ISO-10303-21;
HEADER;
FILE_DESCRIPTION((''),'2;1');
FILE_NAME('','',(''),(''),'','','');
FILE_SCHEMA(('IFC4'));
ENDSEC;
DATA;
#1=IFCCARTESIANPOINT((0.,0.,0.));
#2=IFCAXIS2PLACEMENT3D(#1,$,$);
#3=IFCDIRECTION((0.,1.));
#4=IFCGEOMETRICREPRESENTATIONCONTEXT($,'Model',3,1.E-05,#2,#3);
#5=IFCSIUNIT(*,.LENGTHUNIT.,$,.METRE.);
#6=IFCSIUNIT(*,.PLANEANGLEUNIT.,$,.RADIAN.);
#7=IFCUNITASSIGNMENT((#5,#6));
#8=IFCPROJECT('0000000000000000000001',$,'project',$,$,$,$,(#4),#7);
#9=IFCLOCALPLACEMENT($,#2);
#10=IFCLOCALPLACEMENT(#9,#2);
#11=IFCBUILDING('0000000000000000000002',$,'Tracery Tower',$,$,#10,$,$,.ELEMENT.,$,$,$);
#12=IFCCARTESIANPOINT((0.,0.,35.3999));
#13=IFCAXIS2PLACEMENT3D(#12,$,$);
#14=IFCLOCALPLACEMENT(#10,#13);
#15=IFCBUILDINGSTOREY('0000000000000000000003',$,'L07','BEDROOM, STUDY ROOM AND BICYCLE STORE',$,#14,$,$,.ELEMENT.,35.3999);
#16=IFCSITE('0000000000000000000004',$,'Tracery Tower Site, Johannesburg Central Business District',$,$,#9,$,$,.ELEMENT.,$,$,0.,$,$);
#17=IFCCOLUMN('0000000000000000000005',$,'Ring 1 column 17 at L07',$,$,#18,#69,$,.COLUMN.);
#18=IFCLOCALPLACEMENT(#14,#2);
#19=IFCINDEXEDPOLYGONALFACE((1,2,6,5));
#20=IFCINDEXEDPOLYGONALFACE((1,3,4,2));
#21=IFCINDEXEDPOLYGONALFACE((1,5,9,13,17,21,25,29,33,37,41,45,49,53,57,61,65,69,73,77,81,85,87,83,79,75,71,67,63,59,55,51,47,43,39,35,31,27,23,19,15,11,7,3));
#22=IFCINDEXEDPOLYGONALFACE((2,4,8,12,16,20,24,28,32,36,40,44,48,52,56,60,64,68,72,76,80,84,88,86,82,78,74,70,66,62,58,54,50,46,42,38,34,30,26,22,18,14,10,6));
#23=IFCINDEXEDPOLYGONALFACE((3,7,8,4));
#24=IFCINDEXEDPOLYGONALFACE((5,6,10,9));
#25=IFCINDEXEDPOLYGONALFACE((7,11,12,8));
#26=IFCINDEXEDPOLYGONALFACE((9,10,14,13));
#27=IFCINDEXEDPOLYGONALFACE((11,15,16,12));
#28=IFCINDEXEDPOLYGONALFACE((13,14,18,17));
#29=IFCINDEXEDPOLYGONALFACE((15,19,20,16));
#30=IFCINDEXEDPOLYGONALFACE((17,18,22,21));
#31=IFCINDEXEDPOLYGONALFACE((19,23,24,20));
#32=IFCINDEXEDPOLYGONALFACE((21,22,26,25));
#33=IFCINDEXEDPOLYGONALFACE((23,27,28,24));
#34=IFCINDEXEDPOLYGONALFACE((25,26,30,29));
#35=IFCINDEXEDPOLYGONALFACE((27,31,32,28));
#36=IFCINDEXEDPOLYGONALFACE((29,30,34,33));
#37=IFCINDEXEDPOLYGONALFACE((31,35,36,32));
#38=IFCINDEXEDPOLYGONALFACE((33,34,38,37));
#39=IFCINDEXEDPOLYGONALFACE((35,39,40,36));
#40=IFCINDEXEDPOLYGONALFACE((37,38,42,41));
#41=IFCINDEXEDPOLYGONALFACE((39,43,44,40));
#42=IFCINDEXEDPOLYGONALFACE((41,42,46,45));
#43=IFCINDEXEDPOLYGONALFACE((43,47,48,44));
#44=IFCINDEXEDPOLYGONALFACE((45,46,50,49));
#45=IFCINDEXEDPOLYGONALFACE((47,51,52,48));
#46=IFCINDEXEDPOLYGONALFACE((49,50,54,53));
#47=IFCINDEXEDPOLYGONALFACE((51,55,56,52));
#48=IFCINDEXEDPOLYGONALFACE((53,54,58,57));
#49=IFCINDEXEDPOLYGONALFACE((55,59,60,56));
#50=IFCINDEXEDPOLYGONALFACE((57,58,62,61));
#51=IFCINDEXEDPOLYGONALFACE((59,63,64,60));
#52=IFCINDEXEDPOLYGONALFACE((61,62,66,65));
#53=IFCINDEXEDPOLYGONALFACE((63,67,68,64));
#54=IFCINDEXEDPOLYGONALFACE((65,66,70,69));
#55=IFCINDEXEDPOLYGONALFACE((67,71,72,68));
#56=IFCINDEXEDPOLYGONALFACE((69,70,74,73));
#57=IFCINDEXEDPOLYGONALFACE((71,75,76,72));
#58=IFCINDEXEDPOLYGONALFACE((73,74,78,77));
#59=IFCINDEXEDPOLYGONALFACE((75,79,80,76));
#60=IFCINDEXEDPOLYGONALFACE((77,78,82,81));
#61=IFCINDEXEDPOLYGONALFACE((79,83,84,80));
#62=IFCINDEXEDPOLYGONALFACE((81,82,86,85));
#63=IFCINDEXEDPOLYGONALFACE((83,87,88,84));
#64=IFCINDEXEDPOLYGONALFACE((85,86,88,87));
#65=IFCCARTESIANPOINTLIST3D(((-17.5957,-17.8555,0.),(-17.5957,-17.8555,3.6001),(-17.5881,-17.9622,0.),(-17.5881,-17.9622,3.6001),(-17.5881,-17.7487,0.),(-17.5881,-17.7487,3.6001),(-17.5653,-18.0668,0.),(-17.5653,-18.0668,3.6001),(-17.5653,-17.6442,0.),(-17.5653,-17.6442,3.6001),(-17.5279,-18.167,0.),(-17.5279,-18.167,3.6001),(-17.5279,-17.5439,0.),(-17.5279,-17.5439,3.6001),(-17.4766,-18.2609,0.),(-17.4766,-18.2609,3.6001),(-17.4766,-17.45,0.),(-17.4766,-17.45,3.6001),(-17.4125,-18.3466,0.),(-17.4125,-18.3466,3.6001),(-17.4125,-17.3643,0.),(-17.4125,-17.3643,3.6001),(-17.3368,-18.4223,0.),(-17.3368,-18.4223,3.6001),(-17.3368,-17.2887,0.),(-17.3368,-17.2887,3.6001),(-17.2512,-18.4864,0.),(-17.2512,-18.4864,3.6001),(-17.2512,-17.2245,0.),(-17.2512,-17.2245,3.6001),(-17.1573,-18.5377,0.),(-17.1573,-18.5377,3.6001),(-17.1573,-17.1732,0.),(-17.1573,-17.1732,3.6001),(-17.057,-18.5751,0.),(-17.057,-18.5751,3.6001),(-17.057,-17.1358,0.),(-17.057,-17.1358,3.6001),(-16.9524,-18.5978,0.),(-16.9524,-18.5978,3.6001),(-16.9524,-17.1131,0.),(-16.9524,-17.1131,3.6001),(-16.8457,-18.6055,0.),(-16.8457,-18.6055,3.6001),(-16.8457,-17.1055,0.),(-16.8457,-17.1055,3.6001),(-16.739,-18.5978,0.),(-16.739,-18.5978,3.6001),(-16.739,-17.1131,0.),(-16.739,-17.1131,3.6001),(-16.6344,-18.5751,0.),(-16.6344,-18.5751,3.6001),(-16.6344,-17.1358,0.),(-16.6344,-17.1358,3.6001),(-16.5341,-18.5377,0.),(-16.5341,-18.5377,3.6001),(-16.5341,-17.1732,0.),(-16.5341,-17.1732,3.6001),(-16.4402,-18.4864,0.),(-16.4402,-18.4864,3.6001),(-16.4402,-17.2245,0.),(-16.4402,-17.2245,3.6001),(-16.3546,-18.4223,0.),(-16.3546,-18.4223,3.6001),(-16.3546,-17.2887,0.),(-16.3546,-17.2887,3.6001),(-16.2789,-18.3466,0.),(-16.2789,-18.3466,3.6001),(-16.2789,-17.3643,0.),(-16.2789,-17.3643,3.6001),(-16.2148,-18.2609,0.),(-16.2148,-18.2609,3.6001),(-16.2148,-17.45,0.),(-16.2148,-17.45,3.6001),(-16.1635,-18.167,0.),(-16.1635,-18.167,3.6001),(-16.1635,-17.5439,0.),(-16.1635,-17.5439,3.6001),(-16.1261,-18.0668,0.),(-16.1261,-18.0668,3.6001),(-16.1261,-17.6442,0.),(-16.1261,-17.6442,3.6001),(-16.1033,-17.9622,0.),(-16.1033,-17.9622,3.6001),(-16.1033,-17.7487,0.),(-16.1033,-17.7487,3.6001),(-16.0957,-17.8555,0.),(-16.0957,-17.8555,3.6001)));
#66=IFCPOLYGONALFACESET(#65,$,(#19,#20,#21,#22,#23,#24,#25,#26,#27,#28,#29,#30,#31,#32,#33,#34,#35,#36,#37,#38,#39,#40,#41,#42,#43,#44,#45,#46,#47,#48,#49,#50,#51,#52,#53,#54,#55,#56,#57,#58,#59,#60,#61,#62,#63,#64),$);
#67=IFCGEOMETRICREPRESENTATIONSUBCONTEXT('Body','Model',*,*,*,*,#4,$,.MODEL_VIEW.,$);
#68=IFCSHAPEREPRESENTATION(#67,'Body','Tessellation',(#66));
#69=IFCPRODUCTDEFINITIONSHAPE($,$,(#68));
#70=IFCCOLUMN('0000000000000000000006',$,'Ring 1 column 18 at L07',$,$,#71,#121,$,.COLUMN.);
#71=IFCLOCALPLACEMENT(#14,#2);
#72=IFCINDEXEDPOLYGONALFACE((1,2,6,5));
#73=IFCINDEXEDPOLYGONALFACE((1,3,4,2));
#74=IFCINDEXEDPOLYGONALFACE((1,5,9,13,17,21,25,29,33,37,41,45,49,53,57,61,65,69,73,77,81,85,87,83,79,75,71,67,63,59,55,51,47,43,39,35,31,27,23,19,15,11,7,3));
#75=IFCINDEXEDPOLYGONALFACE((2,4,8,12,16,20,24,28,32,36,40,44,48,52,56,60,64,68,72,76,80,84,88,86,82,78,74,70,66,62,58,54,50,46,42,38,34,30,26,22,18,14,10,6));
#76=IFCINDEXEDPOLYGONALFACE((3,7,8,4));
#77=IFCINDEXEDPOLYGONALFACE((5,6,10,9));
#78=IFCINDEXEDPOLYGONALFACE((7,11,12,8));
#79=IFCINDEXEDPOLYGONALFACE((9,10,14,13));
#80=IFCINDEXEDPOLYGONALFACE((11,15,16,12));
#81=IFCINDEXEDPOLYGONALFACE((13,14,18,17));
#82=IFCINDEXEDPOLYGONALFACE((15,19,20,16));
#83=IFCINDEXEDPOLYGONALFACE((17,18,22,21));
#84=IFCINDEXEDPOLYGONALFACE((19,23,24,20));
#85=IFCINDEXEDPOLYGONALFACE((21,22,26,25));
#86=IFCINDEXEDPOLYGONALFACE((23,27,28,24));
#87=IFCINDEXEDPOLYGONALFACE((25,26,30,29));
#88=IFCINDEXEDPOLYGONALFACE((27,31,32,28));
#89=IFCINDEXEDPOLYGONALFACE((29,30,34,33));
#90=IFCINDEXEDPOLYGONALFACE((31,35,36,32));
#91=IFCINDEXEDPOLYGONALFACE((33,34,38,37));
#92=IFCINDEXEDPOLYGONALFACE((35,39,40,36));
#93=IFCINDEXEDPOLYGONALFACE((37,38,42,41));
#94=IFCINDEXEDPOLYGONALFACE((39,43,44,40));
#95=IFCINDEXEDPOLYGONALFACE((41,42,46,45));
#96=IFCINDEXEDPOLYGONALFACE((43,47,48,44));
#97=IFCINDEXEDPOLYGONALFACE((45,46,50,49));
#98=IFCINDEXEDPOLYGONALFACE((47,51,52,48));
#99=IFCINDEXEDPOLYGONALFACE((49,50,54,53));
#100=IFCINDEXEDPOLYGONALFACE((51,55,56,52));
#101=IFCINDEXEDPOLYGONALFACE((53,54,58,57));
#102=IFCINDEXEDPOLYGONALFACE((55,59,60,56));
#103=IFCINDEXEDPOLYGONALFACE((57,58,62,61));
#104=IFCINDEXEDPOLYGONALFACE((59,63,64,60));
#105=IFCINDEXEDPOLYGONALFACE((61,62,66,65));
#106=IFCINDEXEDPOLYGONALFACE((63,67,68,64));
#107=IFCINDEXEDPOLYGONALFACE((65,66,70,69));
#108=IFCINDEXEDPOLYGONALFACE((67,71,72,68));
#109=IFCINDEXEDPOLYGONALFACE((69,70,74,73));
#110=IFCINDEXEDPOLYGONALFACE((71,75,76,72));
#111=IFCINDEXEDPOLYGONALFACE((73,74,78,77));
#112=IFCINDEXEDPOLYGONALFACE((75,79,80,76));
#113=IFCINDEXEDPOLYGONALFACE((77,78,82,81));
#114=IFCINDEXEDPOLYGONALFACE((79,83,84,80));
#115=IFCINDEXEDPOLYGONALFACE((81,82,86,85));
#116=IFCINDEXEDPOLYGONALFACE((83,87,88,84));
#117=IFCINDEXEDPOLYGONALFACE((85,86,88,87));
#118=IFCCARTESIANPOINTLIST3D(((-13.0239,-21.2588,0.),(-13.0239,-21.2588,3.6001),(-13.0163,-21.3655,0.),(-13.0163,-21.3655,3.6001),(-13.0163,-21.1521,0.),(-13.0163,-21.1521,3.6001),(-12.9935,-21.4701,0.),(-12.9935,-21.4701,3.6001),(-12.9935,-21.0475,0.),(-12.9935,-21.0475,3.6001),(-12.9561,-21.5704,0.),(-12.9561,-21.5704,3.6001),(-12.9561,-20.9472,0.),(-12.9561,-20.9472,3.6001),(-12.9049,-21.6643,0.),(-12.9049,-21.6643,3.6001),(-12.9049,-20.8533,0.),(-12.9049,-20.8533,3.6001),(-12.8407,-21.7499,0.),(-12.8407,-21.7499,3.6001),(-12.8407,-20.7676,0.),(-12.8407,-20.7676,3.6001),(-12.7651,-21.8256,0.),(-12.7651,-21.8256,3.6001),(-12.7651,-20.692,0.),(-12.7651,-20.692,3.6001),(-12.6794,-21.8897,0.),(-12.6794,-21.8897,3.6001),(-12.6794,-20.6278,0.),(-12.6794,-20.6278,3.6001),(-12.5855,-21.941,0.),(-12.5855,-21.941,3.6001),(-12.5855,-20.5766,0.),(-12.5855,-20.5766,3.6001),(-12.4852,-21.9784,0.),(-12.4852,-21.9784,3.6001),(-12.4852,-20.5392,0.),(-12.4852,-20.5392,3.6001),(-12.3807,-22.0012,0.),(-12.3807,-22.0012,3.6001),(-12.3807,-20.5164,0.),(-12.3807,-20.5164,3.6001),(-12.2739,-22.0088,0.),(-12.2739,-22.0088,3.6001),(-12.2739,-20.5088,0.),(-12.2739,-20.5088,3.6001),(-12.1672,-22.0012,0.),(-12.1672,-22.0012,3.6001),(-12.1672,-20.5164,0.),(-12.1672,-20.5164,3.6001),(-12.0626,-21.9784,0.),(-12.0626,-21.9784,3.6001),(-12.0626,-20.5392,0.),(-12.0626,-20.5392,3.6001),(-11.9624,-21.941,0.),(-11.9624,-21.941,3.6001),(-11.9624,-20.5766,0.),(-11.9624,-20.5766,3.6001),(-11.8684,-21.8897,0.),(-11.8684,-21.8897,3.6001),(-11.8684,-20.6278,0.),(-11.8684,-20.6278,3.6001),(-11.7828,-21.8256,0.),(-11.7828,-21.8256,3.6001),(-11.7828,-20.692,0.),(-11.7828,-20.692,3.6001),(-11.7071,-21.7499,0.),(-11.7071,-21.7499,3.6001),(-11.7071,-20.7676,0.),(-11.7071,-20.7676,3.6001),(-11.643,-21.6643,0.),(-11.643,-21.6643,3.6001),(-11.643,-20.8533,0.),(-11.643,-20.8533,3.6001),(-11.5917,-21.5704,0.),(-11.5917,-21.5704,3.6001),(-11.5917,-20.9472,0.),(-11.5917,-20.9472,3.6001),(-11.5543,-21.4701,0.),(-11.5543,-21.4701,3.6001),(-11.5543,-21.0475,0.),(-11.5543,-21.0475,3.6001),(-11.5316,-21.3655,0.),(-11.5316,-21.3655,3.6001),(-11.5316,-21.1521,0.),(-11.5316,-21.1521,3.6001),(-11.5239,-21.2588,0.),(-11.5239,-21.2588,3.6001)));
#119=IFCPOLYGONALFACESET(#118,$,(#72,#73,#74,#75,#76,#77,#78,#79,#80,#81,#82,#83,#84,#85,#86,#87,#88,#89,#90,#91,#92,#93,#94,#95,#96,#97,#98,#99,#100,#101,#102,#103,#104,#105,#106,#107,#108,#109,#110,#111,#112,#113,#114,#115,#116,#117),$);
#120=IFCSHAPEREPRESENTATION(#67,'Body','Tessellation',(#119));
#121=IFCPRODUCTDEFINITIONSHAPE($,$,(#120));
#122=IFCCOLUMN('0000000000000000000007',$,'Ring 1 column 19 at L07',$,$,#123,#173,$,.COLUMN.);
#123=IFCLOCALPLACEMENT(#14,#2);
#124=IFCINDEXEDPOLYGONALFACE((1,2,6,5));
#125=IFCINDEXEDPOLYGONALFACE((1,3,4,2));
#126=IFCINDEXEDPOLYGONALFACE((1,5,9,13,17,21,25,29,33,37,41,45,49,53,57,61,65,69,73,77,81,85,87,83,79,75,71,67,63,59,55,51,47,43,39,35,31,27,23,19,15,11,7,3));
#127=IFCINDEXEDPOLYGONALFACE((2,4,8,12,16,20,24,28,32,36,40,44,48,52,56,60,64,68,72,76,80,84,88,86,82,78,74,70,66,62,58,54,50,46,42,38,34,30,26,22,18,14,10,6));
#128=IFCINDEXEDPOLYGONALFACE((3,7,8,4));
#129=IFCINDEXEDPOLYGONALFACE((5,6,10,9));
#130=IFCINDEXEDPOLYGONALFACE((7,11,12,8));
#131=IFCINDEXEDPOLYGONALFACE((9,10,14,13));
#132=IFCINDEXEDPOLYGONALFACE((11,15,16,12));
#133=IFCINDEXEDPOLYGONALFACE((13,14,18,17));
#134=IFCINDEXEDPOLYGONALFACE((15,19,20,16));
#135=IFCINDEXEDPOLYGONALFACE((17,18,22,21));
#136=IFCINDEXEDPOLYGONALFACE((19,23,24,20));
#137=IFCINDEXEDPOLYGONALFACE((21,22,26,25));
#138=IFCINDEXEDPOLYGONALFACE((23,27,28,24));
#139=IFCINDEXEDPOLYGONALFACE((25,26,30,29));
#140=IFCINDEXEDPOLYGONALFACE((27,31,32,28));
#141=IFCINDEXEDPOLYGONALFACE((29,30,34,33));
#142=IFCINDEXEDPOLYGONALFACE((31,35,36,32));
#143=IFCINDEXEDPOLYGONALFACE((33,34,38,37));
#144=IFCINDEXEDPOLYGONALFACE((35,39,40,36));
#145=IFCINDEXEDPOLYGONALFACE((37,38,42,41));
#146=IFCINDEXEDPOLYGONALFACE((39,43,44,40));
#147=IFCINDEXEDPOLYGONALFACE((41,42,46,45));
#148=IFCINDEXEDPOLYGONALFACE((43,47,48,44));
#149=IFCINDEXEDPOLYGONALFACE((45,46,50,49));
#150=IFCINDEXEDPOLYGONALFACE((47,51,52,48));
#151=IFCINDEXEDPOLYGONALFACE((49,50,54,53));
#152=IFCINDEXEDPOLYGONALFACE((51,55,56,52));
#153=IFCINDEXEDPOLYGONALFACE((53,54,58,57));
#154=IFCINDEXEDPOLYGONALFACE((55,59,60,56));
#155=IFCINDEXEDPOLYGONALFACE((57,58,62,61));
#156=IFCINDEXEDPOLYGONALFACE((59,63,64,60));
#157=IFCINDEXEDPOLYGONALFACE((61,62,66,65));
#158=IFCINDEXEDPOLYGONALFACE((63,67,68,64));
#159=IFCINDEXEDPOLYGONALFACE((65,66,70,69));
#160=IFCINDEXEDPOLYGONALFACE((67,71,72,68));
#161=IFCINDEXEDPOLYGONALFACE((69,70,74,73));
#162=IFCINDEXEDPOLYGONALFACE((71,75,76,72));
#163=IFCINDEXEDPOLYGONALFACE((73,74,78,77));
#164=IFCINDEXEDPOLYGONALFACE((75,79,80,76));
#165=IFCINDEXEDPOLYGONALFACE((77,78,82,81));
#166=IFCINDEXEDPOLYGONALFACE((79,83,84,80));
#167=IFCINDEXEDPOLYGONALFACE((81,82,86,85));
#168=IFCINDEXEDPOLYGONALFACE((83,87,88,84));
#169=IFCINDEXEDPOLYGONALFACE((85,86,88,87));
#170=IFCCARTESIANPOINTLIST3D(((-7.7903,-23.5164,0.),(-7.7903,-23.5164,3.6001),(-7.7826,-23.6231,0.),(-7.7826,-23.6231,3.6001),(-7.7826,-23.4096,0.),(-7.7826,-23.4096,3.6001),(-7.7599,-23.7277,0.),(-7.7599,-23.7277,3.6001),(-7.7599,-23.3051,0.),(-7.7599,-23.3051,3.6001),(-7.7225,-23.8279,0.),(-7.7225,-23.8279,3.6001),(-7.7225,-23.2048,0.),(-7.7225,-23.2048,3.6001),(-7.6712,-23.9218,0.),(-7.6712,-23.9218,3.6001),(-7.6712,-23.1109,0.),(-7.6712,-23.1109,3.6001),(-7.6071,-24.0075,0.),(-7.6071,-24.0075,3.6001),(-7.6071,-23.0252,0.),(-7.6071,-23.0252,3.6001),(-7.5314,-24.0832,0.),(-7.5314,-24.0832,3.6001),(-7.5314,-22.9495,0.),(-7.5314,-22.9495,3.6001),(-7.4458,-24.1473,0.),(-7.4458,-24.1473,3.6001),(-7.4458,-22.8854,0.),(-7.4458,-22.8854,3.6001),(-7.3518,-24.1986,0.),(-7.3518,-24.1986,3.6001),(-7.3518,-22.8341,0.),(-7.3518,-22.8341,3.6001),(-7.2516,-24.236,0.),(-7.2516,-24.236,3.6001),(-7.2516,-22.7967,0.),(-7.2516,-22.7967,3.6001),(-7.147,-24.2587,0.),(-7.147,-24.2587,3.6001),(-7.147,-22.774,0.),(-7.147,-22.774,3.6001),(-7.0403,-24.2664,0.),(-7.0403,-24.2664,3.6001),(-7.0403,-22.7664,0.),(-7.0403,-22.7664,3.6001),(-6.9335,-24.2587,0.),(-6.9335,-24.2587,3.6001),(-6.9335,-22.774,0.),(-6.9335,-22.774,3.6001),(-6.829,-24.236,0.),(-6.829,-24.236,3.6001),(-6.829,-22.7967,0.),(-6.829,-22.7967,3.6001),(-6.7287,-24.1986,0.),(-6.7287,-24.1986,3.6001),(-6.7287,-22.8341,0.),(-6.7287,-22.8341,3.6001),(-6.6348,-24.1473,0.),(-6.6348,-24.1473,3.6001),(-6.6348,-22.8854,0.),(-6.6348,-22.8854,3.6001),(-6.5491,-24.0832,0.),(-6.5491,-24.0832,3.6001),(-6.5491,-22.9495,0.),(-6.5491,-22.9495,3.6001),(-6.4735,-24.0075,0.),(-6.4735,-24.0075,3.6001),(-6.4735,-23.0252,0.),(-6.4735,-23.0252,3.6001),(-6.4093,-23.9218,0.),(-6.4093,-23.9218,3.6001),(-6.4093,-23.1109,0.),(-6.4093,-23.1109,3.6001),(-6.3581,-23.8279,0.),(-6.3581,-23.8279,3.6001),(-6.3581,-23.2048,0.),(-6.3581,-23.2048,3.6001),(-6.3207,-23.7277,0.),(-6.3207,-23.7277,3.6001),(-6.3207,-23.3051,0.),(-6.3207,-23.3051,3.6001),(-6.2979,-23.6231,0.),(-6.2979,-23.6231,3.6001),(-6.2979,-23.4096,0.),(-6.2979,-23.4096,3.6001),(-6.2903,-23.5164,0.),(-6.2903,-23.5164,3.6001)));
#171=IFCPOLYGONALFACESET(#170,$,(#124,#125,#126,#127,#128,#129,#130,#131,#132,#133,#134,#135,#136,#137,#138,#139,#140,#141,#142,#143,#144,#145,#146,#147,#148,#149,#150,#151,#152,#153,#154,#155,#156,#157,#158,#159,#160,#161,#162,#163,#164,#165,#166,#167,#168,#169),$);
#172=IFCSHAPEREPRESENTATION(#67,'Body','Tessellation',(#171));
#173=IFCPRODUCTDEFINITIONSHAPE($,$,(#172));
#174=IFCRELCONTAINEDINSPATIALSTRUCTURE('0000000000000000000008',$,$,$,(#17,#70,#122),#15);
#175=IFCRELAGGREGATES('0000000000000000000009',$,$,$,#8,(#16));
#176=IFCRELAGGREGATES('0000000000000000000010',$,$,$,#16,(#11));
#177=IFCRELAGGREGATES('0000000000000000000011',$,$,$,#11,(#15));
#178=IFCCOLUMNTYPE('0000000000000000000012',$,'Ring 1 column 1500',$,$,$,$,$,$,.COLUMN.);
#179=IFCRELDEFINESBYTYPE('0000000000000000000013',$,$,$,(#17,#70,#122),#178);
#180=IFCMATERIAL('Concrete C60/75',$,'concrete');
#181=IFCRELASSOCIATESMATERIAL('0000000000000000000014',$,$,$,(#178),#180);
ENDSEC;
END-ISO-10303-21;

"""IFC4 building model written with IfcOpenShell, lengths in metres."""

from ifc_helpers import new_model, si_unit, direction, frame, origin, origin_2d, place, context, subcontext, project, spatial, circle, extrude, material, material_profile, profile_set, type_object, element, save


model = new_model("IFC4")

# Units and contexts
model_context = context("Model", 3, precision=1e-05, world=origin(), true_north=direction((0.0, 1.0)))
body_context = subcontext(model_context, "Body", "Model", "MODEL_VIEW")
ifc_project = project(units=[si_unit("LENGTHUNIT", "METRE"), si_unit("PLANEANGLEUNIT", "RADIAN")], contexts=[model_context])

# Site, building, storey
site_placement = place(None, origin())
site = spatial("IfcSite", under=ifc_project, at=site_placement, Name="Tracery Tower Site, Johannesburg Central Business District", CompositionType="ELEMENT", RefElevation=0.0)
building_placement = place(site_placement, origin())
building = spatial("IfcBuilding", under=site, at=building_placement, Name="Tracery Tower", CompositionType="ELEMENT")
storey_placement = place(building_placement, frame((0.0, 0.0, 35.3999)))
storey = spatial("IfcBuildingStorey", under=building, at=storey_placement, Name="L07", Description="BEDROOM, STUDY ROOM AND BICYCLE STORE", CompositionType="ELEMENT", Elevation=35.3999)

# Columns
ifc_material_1 = material(Name="Concrete C60/75", Category="concrete")
ifc_material_profile_1 = material_profile(ifc_material_1, circle(Radius=0.75, at=origin_2d()), Name="RC D1500")
ifc_profile_set_1 = profile_set([ifc_material_profile_1], Name="Concrete C60/75")
column_type_1 = type_object("IfcColumnType", Name="Ring 1 column 1500", PredefinedType="COLUMN", material=ifc_profile_set_1)
for number, where, z_axis, x_axis, name in (
    (1, (-16.8457, -17.8555, 0.0), (0.0, 0.0, 1.0), (1.0, 0.0, 0.0), "Ring 1 column 17 at L07"),
    (2, (-12.2739, -21.2588, 0.0), (0.0, 0.0, 1.0), (1.0, 0.0, 0.0), "Ring 1 column 18 at L07"),
    (3, (-7.0403, -23.5164, 0.0), (0.0, 0.0, 1.0), (1.0, 0.0, 0.0), "Ring 1 column 19 at L07"),
):
    element("IfcColumn", number, at=place(storey_placement, frame(where, z_axis=z_axis, x_axis=x_axis)), inside=storey, type_object=column_type_1, Name=name, PredefinedType="COLUMN", context=body_context, shape_type="SweptSolid", body=[
        extrude(circle(Radius=0.75, at=origin_2d()), origin(), (0.0, 0.0, 1.0), 3.6001),
    ])

save(model, "model.ifc")
